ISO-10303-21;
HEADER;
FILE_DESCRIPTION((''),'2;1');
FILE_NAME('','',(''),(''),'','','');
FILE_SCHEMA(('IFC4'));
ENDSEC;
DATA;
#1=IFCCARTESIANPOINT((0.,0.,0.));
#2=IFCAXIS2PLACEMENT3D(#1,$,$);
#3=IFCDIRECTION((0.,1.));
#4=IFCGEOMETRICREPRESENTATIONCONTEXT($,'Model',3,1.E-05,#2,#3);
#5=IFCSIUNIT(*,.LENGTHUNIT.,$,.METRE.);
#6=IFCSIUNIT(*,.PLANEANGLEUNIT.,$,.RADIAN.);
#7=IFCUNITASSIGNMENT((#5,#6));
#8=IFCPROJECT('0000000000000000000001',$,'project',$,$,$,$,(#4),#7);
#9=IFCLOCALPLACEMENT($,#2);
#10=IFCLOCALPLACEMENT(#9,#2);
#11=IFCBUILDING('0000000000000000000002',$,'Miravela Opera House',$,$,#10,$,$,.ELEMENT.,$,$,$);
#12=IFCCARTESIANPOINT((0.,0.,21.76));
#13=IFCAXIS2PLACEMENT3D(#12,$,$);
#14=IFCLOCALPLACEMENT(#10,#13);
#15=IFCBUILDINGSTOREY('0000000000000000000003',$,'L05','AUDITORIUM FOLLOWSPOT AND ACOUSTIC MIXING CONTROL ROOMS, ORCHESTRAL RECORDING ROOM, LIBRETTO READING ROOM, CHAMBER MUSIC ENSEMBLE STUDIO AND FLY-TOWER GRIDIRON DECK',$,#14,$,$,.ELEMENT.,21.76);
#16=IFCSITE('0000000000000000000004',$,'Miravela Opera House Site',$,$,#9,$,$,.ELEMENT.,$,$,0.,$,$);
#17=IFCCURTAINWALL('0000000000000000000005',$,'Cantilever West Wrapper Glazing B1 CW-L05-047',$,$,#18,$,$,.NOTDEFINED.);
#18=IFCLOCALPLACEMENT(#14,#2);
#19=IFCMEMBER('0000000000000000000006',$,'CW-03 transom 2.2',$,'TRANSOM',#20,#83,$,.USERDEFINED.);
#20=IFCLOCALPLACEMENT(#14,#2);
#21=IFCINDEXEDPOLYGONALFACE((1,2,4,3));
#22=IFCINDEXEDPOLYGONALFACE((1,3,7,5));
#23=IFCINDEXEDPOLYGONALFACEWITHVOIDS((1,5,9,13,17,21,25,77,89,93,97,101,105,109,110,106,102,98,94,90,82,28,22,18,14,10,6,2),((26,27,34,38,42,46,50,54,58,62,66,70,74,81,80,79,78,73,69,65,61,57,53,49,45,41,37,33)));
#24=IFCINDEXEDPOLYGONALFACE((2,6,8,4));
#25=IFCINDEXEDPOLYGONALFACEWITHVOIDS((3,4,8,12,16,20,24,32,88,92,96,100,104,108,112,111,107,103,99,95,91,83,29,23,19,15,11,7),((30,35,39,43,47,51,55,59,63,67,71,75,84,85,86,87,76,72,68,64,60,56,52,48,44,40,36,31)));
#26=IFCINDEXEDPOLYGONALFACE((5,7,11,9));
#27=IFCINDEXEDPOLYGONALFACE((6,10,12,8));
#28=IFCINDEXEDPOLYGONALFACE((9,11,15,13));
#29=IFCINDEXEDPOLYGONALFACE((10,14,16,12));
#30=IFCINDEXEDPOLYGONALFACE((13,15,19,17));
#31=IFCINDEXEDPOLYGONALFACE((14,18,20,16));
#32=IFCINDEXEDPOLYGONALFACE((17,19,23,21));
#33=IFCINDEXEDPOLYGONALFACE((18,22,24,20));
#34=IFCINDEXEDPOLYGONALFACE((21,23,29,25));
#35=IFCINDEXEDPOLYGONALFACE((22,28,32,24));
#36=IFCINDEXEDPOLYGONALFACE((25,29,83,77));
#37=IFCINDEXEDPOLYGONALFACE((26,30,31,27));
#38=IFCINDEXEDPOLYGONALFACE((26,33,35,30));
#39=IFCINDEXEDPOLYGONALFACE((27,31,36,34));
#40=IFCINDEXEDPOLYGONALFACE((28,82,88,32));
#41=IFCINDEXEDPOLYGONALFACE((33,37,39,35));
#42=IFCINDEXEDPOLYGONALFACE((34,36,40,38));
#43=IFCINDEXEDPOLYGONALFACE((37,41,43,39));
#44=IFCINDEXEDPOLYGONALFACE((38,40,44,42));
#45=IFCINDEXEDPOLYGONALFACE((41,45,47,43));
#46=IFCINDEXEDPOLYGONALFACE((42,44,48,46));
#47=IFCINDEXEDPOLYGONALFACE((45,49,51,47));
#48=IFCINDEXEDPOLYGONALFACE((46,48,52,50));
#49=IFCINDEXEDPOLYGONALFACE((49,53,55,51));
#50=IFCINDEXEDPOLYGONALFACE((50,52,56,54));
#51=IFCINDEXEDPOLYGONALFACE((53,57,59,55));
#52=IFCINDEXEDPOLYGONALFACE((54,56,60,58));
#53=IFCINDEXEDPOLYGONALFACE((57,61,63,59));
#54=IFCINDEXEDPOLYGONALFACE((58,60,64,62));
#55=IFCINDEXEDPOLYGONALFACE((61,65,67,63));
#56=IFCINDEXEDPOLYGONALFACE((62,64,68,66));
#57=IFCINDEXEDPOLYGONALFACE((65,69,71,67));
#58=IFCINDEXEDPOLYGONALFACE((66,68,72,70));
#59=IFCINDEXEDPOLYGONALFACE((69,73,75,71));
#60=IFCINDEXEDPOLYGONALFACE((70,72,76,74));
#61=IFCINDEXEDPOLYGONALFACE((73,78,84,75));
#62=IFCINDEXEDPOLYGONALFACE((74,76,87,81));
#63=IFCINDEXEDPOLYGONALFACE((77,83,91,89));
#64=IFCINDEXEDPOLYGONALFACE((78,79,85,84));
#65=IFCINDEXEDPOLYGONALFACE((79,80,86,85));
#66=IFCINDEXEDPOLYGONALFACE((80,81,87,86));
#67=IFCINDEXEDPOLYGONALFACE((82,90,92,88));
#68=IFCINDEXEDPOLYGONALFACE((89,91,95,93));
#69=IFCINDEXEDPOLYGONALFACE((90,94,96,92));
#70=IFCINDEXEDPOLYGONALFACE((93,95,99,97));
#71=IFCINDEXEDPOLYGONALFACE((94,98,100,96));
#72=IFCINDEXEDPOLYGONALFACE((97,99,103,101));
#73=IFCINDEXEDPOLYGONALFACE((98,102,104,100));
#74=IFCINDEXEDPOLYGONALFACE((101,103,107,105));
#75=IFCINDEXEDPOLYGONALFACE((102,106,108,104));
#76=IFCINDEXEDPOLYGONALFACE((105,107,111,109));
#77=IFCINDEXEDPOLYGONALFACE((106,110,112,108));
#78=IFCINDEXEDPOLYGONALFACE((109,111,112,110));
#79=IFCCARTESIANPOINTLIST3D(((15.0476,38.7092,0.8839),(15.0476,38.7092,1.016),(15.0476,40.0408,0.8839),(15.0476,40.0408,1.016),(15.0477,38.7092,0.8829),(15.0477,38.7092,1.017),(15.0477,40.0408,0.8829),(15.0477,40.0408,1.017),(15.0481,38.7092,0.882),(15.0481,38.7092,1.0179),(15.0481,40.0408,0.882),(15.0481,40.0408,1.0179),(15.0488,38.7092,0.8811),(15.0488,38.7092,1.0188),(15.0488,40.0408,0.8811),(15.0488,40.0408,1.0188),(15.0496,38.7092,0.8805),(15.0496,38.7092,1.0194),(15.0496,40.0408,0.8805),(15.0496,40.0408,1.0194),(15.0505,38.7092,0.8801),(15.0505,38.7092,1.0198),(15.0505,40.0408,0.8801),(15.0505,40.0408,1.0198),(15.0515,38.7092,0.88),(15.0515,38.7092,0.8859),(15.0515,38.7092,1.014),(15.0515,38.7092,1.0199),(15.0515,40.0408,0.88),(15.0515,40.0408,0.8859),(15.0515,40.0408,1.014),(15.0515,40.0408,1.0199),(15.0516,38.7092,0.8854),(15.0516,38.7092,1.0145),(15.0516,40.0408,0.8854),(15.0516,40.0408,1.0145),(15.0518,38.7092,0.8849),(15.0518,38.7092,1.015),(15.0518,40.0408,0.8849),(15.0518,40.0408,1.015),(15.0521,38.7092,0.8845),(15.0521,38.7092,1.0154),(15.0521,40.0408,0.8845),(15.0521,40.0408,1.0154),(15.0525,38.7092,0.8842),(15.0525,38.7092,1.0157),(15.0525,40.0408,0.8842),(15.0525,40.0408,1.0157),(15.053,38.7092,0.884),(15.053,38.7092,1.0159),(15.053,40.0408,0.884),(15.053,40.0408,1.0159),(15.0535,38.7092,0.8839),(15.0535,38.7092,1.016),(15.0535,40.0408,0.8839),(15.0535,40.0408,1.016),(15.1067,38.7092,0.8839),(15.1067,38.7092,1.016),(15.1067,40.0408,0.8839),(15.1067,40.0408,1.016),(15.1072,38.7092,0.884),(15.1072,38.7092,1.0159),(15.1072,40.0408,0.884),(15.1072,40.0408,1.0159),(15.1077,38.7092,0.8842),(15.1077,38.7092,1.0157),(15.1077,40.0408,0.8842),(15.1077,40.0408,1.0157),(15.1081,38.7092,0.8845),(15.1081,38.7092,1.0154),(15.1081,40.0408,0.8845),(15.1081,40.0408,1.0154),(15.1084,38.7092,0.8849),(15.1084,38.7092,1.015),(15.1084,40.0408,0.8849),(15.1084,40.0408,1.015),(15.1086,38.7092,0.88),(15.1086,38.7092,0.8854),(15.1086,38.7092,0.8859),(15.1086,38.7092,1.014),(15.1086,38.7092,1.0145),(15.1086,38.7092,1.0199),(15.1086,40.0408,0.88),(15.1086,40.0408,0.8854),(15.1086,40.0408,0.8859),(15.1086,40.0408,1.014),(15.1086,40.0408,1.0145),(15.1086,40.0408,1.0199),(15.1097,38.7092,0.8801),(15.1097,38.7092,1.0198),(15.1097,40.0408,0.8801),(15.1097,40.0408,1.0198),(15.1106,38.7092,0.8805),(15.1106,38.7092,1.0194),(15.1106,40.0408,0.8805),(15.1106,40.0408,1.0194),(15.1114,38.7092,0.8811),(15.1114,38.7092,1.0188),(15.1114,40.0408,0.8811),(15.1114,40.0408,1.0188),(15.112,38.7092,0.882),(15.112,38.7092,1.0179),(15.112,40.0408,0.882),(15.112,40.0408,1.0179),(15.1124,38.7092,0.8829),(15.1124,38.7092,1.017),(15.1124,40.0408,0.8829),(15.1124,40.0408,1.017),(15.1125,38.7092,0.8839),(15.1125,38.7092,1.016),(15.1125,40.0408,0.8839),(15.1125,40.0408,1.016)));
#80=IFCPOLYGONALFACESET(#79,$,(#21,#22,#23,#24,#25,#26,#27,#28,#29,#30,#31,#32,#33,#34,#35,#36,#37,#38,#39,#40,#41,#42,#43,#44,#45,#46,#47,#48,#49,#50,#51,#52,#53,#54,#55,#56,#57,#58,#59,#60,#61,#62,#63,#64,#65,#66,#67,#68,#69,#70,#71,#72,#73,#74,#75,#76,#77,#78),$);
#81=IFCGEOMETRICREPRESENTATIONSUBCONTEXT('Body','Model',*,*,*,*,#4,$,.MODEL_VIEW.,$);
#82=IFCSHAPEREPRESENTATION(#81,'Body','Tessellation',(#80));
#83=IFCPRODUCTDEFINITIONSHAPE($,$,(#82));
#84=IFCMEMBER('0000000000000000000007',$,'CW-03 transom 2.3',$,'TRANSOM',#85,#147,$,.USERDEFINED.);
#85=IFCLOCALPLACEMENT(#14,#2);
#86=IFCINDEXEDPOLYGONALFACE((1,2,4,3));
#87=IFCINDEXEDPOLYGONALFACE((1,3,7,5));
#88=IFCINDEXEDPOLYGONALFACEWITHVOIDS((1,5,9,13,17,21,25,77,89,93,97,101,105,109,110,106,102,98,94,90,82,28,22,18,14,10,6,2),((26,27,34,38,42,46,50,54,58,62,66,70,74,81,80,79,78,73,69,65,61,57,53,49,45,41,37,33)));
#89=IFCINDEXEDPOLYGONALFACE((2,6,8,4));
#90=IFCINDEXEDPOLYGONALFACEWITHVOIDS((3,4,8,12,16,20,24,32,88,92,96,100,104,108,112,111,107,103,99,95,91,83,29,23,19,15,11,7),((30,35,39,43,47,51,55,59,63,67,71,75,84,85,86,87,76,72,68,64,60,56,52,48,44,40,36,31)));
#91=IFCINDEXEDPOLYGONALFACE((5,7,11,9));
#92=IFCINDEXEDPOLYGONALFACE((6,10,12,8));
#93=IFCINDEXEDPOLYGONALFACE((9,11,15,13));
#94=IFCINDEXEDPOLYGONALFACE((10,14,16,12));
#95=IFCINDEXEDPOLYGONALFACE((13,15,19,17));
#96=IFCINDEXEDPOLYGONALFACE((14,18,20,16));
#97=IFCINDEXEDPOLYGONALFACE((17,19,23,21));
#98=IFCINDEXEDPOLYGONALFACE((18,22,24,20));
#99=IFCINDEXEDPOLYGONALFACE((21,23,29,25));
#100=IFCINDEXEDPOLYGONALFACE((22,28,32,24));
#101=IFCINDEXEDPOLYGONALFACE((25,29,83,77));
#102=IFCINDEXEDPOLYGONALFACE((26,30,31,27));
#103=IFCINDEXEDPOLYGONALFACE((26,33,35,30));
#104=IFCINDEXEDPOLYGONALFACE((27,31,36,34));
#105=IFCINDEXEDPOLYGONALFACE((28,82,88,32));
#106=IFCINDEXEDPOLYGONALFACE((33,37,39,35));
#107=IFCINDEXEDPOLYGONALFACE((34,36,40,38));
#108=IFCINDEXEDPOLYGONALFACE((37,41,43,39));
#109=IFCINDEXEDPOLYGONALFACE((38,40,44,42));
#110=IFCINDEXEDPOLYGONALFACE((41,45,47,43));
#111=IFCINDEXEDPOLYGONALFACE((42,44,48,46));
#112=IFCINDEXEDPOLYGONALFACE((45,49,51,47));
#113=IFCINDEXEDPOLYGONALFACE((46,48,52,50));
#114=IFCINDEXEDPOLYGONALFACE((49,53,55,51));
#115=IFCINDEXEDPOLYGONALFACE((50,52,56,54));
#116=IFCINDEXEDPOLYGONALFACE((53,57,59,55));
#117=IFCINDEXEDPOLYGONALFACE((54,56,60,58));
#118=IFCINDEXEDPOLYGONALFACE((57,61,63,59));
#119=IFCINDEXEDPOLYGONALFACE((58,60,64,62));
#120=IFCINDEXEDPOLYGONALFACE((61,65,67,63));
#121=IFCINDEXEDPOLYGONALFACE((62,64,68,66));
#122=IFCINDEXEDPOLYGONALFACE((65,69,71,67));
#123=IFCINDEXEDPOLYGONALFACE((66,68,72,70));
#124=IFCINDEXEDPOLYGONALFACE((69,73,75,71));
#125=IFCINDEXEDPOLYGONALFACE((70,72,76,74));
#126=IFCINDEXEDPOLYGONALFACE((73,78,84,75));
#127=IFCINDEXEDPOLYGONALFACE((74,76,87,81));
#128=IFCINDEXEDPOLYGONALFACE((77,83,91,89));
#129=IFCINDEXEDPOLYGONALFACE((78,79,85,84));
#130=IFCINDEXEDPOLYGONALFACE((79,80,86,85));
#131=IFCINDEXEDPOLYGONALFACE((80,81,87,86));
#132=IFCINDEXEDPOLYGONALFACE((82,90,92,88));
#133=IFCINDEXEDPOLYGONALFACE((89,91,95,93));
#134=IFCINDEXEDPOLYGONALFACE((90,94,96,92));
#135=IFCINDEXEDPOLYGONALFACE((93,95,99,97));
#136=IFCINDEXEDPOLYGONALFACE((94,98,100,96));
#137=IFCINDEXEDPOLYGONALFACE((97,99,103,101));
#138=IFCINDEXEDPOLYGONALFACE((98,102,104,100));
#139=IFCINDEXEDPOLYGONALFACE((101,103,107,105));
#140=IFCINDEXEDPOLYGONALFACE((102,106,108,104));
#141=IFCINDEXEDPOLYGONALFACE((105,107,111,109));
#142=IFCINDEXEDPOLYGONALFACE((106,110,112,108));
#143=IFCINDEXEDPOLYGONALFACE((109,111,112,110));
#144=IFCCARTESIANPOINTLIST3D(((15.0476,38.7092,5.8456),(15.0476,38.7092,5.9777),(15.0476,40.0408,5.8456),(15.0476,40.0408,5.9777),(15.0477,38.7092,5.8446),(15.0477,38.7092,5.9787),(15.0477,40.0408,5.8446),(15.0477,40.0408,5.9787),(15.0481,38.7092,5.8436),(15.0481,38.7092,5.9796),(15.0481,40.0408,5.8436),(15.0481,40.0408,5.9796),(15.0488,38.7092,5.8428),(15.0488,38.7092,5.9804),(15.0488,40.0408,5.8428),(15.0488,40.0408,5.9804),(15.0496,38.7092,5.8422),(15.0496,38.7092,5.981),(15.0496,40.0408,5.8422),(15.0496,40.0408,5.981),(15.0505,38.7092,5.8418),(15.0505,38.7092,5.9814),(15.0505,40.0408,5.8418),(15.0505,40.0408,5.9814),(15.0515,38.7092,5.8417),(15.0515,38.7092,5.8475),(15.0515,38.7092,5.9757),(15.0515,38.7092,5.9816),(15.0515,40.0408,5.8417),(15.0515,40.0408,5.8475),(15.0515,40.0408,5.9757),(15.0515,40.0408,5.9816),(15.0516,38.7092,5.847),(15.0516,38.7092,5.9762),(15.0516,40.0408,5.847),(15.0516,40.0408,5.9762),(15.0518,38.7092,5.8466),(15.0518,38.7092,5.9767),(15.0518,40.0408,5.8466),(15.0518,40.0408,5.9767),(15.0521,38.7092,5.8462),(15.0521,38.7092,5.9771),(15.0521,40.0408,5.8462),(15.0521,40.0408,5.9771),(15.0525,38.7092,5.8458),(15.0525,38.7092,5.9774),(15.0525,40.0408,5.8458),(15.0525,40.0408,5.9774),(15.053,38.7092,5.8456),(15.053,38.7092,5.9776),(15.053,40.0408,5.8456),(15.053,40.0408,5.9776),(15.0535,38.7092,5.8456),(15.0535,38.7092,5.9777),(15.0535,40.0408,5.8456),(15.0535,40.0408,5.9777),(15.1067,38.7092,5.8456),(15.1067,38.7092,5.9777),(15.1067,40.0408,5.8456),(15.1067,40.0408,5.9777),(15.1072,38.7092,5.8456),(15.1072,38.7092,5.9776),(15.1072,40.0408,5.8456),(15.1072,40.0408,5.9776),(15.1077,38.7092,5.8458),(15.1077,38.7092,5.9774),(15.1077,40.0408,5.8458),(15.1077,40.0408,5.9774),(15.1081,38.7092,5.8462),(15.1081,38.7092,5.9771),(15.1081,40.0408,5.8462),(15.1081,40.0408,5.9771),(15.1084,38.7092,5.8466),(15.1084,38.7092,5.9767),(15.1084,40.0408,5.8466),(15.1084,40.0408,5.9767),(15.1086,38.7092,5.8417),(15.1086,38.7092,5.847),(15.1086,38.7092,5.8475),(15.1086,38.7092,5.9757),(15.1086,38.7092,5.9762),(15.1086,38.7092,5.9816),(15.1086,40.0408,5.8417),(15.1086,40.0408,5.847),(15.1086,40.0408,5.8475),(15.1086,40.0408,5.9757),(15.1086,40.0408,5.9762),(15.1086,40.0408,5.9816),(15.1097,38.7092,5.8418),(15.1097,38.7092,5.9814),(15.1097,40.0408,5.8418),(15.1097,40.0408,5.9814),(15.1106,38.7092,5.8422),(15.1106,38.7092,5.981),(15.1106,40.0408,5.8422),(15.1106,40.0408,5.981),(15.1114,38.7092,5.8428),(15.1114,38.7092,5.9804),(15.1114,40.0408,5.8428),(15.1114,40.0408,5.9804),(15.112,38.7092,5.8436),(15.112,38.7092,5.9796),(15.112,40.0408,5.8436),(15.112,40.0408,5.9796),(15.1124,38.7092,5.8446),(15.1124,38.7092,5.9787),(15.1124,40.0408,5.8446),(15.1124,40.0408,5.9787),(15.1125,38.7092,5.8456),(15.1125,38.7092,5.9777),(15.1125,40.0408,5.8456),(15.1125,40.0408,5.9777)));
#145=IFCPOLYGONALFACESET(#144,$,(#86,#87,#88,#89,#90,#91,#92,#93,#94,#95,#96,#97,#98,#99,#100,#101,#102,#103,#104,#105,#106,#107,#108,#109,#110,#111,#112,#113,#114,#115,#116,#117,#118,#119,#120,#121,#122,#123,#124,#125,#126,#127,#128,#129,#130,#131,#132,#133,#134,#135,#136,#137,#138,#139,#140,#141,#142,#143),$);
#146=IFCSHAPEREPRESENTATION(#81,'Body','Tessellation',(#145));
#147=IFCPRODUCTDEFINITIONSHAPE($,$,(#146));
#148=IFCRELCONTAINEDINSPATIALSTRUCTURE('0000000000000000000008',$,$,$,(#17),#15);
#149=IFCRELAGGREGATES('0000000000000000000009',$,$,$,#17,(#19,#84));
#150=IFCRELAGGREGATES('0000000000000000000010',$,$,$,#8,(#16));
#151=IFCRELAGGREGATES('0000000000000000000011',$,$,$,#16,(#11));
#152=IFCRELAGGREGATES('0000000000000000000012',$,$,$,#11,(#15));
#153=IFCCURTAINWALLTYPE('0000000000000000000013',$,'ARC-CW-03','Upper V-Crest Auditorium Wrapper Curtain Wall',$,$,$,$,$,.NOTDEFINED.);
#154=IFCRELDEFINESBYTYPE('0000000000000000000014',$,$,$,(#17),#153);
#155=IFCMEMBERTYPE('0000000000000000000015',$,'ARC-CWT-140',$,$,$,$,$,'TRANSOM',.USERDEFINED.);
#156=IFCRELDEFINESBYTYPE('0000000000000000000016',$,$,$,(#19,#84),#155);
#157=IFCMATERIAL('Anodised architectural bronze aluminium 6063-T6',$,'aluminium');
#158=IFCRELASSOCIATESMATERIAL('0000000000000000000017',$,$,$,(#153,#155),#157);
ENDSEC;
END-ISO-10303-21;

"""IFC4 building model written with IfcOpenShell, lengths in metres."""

from ifc_helpers import new_model, si_unit, direction, frame, origin, origin_2d, place, context, subcontext, project, spatial, hollow_rectangle, extrude, material, material_profile, profile_set, type_object, element, aggregate, save


model = new_model("IFC4")

# Units and contexts
model_context = context("Model", 3, precision=1e-05, world=origin(), true_north=direction((0.0, 1.0)))
body_context = subcontext(model_context, "Body", "Model", "MODEL_VIEW")
ifc_project = project(units=[si_unit("LENGTHUNIT", "METRE"), si_unit("PLANEANGLEUNIT", "RADIAN")], contexts=[model_context])

# Site, building, storey
site_placement = place(None, origin())
site = spatial("IfcSite", under=ifc_project, at=site_placement, Name="Miravela Opera House Site", CompositionType="ELEMENT", RefElevation=0.0)
building_placement = place(site_placement, origin())
building = spatial("IfcBuilding", under=site, at=building_placement, Name="Miravela Opera House", CompositionType="ELEMENT")
storey_placement = place(building_placement, frame((0.0, 0.0, 21.76)))
storey = spatial("IfcBuildingStorey", under=building, at=storey_placement, Name="L05", Description="AUDITORIUM FOLLOWSPOT AND ACOUSTIC MIXING CONTROL ROOMS, ORCHESTRAL RECORDING ROOM, LIBRETTO READING ROOM, CHAMBER MUSIC ENSEMBLE STUDIO AND FLY-TOWER GRIDIRON DECK", CompositionType="ELEMENT", Elevation=21.76)

# Curtain wall, members
ifc_material_1 = material(Name="Anodised architectural bronze aluminium 6063-T6", Category="aluminium")
curtain_wall_type = type_object("IfcCurtainWallType", Name="ARC-CW-03", Description="Upper V-Crest Auditorium Wrapper Curtain Wall", PredefinedType="NOTDEFINED", material=ifc_material_1)
curtain_wall_1_placement = place(storey_placement, origin())
curtain_wall_1 = element("IfcCurtainWall", 1, at=curtain_wall_1_placement, inside=storey, type_object=curtain_wall_type, Name="Cantilever West Wrapper Glazing B1 CW-L05-047", PredefinedType="NOTDEFINED")
ifc_material_profile_1 = material_profile(ifc_material_1, hollow_rectangle(XDim=0.0649, YDim=0.1399, WallThickness=0.0039, InnerFilletRadius=0.002, OuterFilletRadius=0.0039, at=origin_2d()), Name="CWT-65X140")
ifc_profile_set_1 = profile_set([ifc_material_profile_1])
member_type_1 = type_object("IfcMemberType", Name="ARC-CWT-140", ElementType="TRANSOM", PredefinedType="USERDEFINED", material=ifc_profile_set_1)
member_1_placement = place(storey_placement, frame((15.0801, 38.7092, 0.95), z_axis=(0.0, 1.0, 0.0), x_axis=(-1.0, 0.0, 0.0)))
member_1 = element("IfcMember", 2, at=member_1_placement, type_object=member_type_1, Name="CW-03 transom 2.2", ObjectType="TRANSOM", PredefinedType="USERDEFINED", context=body_context, shape_type="SweptSolid", body=[
    extrude(hollow_rectangle(XDim=0.0649, YDim=0.1399, WallThickness=0.0039, InnerFilletRadius=0.002, OuterFilletRadius=0.0039, at=origin_2d()), origin(), (0.0, 0.0, 1.0), 1.3315),
])
member_2_placement = place(storey_placement, frame((15.0801, 38.7092, 5.9116), z_axis=(0.0, 1.0, 0.0), x_axis=(-1.0, 0.0, 0.0)))
member_2 = element("IfcMember", 3, at=member_2_placement, type_object=member_type_1, Name="CW-03 transom 2.3", ObjectType="TRANSOM", PredefinedType="USERDEFINED", context=body_context, shape_type="SweptSolid", body=[
    extrude(hollow_rectangle(XDim=0.0649, YDim=0.1399, WallThickness=0.0039, InnerFilletRadius=0.002, OuterFilletRadius=0.0039, at=origin_2d()), origin(), (0.0, 0.0, 1.0), 1.3315),
])

aggregate(curtain_wall_1, [member_1, member_2])

save(model, "model.ifc")
